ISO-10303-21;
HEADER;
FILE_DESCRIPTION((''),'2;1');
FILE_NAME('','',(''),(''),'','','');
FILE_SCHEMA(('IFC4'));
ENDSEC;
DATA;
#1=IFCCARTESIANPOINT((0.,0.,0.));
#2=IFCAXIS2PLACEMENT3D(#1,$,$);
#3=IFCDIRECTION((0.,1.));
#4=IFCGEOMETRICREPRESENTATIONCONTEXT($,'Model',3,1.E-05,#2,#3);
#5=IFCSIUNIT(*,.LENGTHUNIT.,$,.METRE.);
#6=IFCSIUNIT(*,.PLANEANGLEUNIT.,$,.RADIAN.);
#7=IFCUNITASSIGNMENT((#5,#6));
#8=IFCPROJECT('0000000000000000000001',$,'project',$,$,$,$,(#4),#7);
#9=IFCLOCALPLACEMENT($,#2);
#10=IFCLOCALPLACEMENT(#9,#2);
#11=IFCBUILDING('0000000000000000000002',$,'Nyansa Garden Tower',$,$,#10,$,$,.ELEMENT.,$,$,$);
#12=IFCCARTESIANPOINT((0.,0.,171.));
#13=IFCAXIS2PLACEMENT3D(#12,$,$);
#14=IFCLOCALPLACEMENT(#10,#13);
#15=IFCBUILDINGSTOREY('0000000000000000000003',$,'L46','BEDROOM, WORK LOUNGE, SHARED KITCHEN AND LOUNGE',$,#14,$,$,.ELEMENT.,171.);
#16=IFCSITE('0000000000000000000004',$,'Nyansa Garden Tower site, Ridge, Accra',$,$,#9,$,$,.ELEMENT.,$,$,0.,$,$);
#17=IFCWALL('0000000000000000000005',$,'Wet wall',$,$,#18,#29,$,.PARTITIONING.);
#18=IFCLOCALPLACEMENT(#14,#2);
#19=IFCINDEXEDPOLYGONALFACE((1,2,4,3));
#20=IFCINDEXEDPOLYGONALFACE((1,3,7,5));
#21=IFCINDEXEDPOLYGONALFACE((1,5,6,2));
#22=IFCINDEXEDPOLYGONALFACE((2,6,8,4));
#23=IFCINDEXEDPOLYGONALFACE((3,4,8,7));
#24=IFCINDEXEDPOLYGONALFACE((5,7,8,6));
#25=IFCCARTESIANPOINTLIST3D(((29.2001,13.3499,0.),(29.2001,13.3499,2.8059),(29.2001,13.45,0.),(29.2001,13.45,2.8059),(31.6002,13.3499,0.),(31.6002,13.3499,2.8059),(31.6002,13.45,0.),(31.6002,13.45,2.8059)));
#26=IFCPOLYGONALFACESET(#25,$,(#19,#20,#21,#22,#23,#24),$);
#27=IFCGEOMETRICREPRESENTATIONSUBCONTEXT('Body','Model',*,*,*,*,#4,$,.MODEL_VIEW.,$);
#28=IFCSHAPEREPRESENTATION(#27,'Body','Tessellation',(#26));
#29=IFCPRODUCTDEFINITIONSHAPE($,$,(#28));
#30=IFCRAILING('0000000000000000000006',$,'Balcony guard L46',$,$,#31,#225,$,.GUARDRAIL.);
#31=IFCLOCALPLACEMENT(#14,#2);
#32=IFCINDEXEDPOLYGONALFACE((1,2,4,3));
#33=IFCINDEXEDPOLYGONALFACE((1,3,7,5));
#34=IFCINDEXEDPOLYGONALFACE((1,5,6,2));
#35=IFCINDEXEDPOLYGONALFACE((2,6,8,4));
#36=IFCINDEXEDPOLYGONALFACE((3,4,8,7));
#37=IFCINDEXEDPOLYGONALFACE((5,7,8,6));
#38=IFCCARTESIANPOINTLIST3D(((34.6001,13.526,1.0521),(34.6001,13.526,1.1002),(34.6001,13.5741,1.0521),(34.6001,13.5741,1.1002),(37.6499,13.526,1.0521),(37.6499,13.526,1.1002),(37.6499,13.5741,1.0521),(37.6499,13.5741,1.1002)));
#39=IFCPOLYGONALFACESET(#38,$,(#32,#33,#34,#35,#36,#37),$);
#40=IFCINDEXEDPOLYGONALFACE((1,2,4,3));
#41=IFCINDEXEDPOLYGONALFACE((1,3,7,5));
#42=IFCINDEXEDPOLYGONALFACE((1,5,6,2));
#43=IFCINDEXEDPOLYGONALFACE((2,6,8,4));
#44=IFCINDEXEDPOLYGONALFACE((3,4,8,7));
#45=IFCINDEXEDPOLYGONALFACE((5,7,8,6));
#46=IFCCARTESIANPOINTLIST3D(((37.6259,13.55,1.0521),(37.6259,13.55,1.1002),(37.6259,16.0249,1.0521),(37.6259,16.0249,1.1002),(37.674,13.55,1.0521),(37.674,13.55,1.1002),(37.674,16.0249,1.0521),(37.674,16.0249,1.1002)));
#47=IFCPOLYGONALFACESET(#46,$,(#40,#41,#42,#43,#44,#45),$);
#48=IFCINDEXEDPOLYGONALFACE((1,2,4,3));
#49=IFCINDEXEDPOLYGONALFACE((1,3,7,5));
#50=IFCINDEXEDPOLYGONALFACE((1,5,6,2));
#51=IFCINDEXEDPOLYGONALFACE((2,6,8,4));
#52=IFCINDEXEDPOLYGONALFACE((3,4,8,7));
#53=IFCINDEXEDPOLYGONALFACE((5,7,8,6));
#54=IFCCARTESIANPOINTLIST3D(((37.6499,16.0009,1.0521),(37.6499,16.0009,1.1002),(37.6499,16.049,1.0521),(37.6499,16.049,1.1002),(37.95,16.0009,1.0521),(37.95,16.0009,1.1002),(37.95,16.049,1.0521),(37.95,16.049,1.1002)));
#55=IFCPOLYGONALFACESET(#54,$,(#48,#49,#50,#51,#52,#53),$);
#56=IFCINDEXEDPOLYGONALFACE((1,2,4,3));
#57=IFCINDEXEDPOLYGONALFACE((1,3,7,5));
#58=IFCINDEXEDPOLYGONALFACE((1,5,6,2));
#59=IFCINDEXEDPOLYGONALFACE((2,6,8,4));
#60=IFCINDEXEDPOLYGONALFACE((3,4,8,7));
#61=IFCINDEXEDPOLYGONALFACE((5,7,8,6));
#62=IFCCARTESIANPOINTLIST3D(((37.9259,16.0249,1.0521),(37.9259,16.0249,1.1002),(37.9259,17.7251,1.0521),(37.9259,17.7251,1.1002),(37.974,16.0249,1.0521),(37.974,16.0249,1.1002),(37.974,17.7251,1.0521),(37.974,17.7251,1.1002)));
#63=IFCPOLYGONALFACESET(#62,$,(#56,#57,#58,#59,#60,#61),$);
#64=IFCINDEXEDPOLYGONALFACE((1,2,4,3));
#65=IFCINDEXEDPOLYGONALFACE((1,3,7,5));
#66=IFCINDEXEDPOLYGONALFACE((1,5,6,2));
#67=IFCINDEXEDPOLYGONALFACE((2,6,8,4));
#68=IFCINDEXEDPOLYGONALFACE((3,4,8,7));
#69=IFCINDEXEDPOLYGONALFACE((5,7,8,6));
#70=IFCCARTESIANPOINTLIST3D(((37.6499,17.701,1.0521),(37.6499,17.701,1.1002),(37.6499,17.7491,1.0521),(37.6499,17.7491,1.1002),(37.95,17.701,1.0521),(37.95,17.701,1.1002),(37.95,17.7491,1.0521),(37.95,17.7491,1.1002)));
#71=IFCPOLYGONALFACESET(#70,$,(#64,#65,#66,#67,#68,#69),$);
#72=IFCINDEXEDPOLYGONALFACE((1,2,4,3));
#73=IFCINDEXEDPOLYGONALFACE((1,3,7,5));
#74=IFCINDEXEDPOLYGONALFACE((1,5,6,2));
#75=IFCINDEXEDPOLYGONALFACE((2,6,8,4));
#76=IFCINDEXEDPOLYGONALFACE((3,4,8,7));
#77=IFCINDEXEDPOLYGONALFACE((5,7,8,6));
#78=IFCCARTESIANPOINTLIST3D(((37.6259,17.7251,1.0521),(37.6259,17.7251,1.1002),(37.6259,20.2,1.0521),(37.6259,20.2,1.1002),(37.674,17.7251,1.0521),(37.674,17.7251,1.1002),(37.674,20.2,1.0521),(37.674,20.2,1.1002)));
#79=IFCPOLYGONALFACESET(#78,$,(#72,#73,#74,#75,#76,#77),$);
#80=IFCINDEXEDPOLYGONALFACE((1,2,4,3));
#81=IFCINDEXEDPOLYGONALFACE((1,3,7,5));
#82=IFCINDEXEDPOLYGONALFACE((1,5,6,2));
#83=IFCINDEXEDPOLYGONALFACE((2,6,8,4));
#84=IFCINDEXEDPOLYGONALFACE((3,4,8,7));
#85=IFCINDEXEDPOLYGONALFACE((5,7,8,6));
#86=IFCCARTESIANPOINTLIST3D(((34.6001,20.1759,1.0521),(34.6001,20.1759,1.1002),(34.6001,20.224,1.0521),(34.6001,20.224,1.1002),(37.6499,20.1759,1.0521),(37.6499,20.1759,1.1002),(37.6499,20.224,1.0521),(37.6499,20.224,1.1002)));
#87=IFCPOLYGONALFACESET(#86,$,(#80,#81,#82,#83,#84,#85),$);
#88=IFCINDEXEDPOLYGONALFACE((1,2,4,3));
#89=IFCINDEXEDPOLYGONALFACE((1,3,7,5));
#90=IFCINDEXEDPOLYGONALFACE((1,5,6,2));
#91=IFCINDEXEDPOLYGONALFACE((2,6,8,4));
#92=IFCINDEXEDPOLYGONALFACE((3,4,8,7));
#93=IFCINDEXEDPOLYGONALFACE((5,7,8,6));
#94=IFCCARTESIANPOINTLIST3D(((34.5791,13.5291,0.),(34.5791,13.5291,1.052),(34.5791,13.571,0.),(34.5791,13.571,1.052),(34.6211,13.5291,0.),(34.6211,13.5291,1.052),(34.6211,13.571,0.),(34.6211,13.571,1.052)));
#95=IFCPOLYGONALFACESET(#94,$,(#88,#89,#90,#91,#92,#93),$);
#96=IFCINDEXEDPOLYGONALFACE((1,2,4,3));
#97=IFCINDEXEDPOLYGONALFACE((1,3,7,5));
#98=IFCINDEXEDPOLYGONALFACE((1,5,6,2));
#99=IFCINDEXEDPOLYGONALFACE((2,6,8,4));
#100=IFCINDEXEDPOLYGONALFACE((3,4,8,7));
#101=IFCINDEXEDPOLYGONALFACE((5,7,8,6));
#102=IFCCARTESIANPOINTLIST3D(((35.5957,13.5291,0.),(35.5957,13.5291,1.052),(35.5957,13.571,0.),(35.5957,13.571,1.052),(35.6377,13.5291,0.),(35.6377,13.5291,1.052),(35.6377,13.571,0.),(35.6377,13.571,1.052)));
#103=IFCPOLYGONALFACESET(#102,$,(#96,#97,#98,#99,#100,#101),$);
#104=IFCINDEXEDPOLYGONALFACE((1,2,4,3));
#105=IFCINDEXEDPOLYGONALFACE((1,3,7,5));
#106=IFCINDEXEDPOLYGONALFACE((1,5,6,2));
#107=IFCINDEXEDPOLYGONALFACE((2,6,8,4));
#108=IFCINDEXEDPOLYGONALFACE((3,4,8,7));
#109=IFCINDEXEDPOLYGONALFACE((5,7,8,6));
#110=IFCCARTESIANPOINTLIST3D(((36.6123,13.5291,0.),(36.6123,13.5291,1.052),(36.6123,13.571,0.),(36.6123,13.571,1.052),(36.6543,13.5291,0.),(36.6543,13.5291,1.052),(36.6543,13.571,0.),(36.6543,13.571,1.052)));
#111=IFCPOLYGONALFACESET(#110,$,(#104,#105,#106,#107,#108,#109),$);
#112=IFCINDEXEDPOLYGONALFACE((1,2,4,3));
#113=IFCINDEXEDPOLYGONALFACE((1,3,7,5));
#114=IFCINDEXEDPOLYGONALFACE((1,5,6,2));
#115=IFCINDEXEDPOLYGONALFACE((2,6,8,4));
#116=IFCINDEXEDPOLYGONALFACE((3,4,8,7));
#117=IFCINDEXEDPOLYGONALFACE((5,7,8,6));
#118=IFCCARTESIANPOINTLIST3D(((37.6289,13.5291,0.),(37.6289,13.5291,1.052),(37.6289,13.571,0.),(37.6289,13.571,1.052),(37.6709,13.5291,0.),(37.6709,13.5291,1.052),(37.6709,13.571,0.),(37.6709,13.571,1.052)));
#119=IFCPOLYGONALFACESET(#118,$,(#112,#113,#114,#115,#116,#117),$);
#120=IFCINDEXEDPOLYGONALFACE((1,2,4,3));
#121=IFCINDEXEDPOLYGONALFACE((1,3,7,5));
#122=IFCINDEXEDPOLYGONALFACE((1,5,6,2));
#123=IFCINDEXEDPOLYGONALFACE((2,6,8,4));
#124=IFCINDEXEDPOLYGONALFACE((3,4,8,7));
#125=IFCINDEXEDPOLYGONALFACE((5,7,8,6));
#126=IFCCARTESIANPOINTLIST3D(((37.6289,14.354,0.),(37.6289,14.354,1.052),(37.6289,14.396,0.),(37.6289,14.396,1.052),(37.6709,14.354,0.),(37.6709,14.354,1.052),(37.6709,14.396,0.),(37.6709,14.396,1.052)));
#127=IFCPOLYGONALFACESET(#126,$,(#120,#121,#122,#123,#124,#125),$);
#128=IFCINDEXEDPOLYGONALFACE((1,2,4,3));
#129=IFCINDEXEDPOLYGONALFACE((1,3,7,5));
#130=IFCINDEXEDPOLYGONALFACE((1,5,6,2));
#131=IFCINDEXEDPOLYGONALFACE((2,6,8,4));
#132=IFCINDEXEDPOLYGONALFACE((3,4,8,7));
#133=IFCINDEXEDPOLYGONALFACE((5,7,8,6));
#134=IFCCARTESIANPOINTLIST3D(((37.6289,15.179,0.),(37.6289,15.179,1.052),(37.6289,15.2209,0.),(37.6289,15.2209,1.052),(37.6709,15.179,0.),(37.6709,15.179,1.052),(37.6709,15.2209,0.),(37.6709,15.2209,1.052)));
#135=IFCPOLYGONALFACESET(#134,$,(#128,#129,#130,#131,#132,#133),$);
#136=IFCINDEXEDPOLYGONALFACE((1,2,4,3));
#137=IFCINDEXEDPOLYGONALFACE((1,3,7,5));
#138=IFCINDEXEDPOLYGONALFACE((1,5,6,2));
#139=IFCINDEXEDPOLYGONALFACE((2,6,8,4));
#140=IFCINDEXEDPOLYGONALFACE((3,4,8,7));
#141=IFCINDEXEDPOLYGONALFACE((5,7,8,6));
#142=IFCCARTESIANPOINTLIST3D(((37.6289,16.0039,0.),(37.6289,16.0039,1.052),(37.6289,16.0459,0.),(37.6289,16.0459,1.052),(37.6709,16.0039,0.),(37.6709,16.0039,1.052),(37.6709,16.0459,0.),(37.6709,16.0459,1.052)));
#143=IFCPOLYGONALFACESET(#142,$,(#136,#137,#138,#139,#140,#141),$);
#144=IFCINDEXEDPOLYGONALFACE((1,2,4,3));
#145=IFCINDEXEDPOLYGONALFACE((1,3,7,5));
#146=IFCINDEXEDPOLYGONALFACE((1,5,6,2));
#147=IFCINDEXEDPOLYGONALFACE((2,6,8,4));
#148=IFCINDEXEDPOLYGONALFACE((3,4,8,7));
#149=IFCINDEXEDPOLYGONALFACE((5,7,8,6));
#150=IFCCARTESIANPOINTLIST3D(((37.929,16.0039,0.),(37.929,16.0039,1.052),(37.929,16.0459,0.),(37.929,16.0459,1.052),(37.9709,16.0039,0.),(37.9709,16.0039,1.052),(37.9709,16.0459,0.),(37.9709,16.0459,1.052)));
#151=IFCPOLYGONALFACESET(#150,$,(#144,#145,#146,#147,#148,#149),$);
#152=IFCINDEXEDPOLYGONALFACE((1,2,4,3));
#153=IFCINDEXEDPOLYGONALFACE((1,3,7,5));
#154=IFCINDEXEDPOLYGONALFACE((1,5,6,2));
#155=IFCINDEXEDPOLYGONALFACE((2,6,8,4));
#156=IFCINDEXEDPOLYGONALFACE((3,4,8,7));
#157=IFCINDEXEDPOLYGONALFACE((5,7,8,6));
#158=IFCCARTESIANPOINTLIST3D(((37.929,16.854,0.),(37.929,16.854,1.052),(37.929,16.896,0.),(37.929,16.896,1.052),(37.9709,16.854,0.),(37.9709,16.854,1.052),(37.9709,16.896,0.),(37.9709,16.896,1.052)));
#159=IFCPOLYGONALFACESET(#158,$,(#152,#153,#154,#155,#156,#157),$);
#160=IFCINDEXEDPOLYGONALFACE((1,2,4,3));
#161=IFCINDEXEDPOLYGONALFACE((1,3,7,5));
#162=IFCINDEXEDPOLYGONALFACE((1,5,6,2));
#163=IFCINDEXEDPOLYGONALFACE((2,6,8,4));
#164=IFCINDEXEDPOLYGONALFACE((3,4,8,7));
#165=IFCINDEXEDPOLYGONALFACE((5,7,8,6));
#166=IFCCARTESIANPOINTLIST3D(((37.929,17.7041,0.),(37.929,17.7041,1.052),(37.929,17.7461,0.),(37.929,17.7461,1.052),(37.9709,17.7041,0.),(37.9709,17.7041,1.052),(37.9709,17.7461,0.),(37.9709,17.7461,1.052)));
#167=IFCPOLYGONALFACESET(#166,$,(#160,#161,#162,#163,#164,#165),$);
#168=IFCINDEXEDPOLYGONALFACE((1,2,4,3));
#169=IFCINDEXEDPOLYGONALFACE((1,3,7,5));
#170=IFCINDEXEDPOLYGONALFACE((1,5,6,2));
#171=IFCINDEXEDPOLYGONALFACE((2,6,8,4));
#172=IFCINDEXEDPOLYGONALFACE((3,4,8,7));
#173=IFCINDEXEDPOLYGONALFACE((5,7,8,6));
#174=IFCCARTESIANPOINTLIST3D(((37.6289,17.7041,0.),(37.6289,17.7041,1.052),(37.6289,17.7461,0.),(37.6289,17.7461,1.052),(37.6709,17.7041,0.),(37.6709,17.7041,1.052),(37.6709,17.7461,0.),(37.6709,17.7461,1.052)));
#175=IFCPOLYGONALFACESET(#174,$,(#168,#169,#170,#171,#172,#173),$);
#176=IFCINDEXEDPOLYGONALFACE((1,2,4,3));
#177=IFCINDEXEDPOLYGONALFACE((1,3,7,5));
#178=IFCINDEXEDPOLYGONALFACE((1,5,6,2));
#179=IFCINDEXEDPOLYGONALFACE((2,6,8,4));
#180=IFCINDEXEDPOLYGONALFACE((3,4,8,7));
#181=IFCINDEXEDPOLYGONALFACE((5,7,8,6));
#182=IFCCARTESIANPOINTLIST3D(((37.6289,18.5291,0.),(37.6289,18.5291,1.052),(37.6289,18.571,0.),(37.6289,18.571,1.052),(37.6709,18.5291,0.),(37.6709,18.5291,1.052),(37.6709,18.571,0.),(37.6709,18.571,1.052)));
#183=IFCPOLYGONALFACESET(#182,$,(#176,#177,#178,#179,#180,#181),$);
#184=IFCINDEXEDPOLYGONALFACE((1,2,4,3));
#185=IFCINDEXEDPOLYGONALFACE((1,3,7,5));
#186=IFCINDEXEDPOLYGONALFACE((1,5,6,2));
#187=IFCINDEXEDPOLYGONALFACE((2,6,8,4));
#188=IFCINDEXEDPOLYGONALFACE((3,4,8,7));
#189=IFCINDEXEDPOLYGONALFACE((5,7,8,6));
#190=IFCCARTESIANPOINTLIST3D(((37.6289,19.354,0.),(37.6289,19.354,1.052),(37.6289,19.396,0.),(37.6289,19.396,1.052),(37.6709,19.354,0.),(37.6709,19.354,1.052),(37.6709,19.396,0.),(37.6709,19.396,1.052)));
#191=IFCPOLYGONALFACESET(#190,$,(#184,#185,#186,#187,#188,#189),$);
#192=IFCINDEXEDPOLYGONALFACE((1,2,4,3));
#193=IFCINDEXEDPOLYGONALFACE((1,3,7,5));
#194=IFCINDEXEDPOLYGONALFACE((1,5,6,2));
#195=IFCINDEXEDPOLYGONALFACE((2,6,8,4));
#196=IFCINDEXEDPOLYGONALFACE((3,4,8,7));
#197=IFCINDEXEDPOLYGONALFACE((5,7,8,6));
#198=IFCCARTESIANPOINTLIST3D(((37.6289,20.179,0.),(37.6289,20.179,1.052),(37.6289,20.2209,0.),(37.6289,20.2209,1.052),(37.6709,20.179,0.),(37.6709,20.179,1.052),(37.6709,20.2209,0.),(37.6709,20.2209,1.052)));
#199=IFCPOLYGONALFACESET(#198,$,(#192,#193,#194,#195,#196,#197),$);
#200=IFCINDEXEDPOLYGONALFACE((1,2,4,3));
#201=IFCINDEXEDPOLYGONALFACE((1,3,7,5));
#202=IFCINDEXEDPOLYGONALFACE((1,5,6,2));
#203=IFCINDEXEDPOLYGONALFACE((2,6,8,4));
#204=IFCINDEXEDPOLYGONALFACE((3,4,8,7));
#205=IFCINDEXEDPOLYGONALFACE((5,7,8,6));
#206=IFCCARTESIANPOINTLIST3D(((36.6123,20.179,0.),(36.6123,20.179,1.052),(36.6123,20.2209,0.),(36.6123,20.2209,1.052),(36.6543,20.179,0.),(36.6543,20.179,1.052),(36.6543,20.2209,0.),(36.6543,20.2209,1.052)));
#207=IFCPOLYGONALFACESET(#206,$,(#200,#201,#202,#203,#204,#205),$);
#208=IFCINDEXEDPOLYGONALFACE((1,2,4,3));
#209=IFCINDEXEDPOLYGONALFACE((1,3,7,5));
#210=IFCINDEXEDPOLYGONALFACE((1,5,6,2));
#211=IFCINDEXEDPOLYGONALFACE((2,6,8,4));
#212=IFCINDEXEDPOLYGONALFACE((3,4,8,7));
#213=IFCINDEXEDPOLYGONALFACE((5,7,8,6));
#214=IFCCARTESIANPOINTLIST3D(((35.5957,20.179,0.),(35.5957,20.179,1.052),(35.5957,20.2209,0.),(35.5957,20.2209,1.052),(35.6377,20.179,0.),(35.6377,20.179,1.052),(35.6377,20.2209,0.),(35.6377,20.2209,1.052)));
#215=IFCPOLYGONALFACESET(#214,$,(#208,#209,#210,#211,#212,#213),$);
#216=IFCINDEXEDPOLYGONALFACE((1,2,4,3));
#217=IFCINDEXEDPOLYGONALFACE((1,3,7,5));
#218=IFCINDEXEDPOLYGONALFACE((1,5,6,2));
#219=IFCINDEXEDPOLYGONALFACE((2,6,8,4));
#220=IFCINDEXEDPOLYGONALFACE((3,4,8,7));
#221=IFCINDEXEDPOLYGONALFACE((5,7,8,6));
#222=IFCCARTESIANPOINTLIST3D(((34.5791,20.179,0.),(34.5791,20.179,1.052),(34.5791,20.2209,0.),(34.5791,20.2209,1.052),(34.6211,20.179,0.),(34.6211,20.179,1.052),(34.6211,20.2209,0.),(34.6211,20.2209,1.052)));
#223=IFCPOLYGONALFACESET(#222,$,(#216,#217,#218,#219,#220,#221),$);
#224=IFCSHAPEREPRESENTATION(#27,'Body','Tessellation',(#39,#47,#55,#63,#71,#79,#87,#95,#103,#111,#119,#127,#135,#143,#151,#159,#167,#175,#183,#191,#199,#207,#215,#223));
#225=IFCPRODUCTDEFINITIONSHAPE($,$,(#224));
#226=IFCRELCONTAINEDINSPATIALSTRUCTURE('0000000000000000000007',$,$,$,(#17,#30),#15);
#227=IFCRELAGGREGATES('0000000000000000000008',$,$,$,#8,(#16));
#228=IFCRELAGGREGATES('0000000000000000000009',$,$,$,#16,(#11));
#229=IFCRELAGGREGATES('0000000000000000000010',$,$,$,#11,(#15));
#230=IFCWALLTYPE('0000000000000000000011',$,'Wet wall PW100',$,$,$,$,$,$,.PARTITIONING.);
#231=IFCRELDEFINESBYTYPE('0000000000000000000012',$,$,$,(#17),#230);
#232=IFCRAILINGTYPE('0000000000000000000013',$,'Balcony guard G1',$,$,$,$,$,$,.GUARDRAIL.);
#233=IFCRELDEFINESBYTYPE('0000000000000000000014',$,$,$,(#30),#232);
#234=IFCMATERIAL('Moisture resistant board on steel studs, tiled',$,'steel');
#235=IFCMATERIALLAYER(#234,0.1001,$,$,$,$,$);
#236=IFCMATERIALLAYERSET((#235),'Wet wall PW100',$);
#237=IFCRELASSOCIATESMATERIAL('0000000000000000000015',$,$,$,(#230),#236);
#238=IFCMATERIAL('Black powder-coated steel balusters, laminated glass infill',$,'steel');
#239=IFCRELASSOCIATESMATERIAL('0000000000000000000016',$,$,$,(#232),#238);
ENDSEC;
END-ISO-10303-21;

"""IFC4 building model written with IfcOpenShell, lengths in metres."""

from ifc_helpers import new_model, si_unit, direction, frame, frame_2d, origin, origin_2d, place, context, subcontext, project, spatial, rectangle, extrude, material, layer, layer_set, type_object, element, save


model = new_model("IFC4")

# Units and contexts
model_context = context("Model", 3, precision=1e-05, world=origin(), true_north=direction((0.0, 1.0)))
body_context = subcontext(model_context, "Body", "Model", "MODEL_VIEW")
ifc_project = project(units=[si_unit("LENGTHUNIT", "METRE"), si_unit("PLANEANGLEUNIT", "RADIAN")], contexts=[model_context])

# Site, building, storey
site_placement = place(None, origin())
site = spatial("IfcSite", under=ifc_project, at=site_placement, Name="Nyansa Garden Tower site, Ridge, Accra", CompositionType="ELEMENT", RefElevation=0.0)
building_placement = place(site_placement, origin())
building = spatial("IfcBuilding", under=site, at=building_placement, Name="Nyansa Garden Tower", CompositionType="ELEMENT")
storey_placement = place(building_placement, frame((0.0, 0.0, 171.0)))
storey = spatial("IfcBuildingStorey", under=building, at=storey_placement, Name="L46", Description="BEDROOM, WORK LOUNGE, SHARED KITCHEN AND LOUNGE", CompositionType="ELEMENT", Elevation=171.0)

# Wall
ifc_material_1 = material(Name="Moisture resistant board on steel studs, tiled", Category="steel")
ifc_layer_1 = layer(ifc_material_1, 0.1001)
ifc_layer_set_1 = layer_set([ifc_layer_1], Name="Wet wall PW100")
wall_type_1 = type_object("IfcWallType", Name="Wet wall PW100", PredefinedType="PARTITIONING", material=ifc_layer_set_1)
wall_1_placement = place(storey_placement, frame((29.2, 13.3999, 0.0), z_axis=(0.0, 0.0, 1.0), x_axis=(1.0, 0.0, 0.0)))
element("IfcWall", 1, at=wall_1_placement, inside=storey, type_object=wall_type_1, Name="Wet wall", PredefinedType="PARTITIONING", context=body_context, shape_type="SweptSolid", body=[
    extrude(rectangle(XDim=2.4001, YDim=0.1001, at=frame_2d((1.2002, 0.0))), origin(), (0.0, 0.0, 1.0), 2.8059),
])

# Railing
ifc_material_2 = material(Name="Black powder-coated steel balusters, laminated glass infill", Category="steel")
railing_type = type_object("IfcRailingType", Name="Balcony guard G1", PredefinedType="GUARDRAIL", material=ifc_material_2)
railing_placement = place(storey_placement, frame((34.6001, 13.55, 0.0)))
element("IfcRailing", 2, at=railing_placement, inside=storey, type_object=railing_type, Name="Balcony guard L46", PredefinedType="GUARDRAIL", context=body_context, shape_type="SweptSolid", body=[
    extrude(rectangle(XDim=0.0481, YDim=0.0481, at=origin_2d()), frame((0.0, 0.0, 1.0762), z_axis=(1.0, 0.0, 0.0), x_axis=(0.0, 1.0, 0.0)), (0.0, 0.0, 1.0), 3.0498),
    extrude(rectangle(XDim=0.0481, YDim=0.0481, at=origin_2d()), frame((3.0498, 0.0, 1.0762), z_axis=(0.0, 1.0, 0.0), x_axis=(-1.0, 0.0, 0.0)), (0.0, 0.0, 1.0), 2.4749),
    extrude(rectangle(XDim=0.0481, YDim=0.0481, at=origin_2d()), frame((3.0498, 2.4749, 1.0762), z_axis=(1.0, 0.0, 0.0), x_axis=(0.0, 1.0, 0.0)), (0.0, 0.0, 1.0), 0.3),
    extrude(rectangle(XDim=0.0481, YDim=0.0481, at=origin_2d()), frame((3.3499, 2.4749, 1.0762), z_axis=(0.0, 1.0, 0.0), x_axis=(-1.0, 0.0, 0.0)), (0.0, 0.0, 1.0), 1.7002),
    extrude(rectangle(XDim=0.0481, YDim=0.0481, at=origin_2d()), frame((3.3499, 4.175, 1.0762), z_axis=(-1.0, 0.0, 0.0), x_axis=(0.0, -1.0, 0.0)), (0.0, 0.0, 1.0), 0.3),
    extrude(rectangle(XDim=0.0481, YDim=0.0481, at=origin_2d()), frame((3.0498, 4.175, 1.0762), z_axis=(0.0, 1.0, 0.0), x_axis=(-1.0, 0.0, 0.0)), (0.0, 0.0, 1.0), 2.4749),
    extrude(rectangle(XDim=0.0481, YDim=0.0481, at=origin_2d()), frame((3.0498, 6.6499, 1.0762), z_axis=(-1.0, 0.0, 0.0), x_axis=(0.0, -1.0, 0.0)), (0.0, 0.0, 1.0), 3.0498),
    extrude(rectangle(XDim=0.042, YDim=0.042, at=origin_2d()), origin(), (0.0, 0.0, 1.0), 1.052),
    extrude(rectangle(XDim=0.042, YDim=0.042, at=origin_2d()), frame((1.0166, 0.0, 0.0)), (0.0, 0.0, 1.0), 1.052),
    extrude(rectangle(XDim=0.042, YDim=0.042, at=origin_2d()), frame((2.0332, 0.0, 0.0)), (0.0, 0.0, 1.0), 1.052),
    extrude(rectangle(XDim=0.042, YDim=0.042, at=origin_2d()), frame((3.0498, 0.0, 0.0)), (0.0, 0.0, 1.0), 1.052),
    extrude(rectangle(XDim=0.042, YDim=0.042, at=origin_2d()), frame((3.0498, 0.825, 0.0)), (0.0, 0.0, 1.0), 1.052),
    extrude(rectangle(XDim=0.042, YDim=0.042, at=origin_2d()), frame((3.0498, 1.6499, 0.0)), (0.0, 0.0, 1.0), 1.052),
    extrude(rectangle(XDim=0.042, YDim=0.042, at=origin_2d()), frame((3.0498, 2.4749, 0.0)), (0.0, 0.0, 1.0), 1.052),
    extrude(rectangle(XDim=0.042, YDim=0.042, at=origin_2d()), frame((3.3499, 2.4749, 0.0)), (0.0, 0.0, 1.0), 1.052),
    extrude(rectangle(XDim=0.042, YDim=0.042, at=origin_2d()), frame((3.3499, 3.325, 0.0)), (0.0, 0.0, 1.0), 1.052),
    extrude(rectangle(XDim=0.042, YDim=0.042, at=origin_2d()), frame((3.3499, 4.175, 0.0)), (0.0, 0.0, 1.0), 1.052),
    extrude(rectangle(XDim=0.042, YDim=0.042, at=origin_2d()), frame((3.0498, 4.175, 0.0)), (0.0, 0.0, 1.0), 1.052),
    extrude(rectangle(XDim=0.042, YDim=0.042, at=origin_2d()), frame((3.0498, 5.0, 0.0)), (0.0, 0.0, 1.0), 1.052),
    extrude(rectangle(XDim=0.042, YDim=0.042, at=origin_2d()), frame((3.0498, 5.825, 0.0)), (0.0, 0.0, 1.0), 1.052),
    extrude(rectangle(XDim=0.042, YDim=0.042, at=origin_2d()), frame((3.0498, 6.6499, 0.0)), (0.0, 0.0, 1.0), 1.052),
    extrude(rectangle(XDim=0.042, YDim=0.042, at=origin_2d()), frame((2.0332, 6.6499, 0.0)), (0.0, 0.0, 1.0), 1.052),
    extrude(rectangle(XDim=0.042, YDim=0.042, at=origin_2d()), frame((1.0166, 6.6499, 0.0)), (0.0, 0.0, 1.0), 1.052),
    extrude(rectangle(XDim=0.042, YDim=0.042, at=origin_2d()), frame((0.0, 6.6499, 0.0)), (0.0, 0.0, 1.0), 1.052),
])

save(model, "model.ifc")
